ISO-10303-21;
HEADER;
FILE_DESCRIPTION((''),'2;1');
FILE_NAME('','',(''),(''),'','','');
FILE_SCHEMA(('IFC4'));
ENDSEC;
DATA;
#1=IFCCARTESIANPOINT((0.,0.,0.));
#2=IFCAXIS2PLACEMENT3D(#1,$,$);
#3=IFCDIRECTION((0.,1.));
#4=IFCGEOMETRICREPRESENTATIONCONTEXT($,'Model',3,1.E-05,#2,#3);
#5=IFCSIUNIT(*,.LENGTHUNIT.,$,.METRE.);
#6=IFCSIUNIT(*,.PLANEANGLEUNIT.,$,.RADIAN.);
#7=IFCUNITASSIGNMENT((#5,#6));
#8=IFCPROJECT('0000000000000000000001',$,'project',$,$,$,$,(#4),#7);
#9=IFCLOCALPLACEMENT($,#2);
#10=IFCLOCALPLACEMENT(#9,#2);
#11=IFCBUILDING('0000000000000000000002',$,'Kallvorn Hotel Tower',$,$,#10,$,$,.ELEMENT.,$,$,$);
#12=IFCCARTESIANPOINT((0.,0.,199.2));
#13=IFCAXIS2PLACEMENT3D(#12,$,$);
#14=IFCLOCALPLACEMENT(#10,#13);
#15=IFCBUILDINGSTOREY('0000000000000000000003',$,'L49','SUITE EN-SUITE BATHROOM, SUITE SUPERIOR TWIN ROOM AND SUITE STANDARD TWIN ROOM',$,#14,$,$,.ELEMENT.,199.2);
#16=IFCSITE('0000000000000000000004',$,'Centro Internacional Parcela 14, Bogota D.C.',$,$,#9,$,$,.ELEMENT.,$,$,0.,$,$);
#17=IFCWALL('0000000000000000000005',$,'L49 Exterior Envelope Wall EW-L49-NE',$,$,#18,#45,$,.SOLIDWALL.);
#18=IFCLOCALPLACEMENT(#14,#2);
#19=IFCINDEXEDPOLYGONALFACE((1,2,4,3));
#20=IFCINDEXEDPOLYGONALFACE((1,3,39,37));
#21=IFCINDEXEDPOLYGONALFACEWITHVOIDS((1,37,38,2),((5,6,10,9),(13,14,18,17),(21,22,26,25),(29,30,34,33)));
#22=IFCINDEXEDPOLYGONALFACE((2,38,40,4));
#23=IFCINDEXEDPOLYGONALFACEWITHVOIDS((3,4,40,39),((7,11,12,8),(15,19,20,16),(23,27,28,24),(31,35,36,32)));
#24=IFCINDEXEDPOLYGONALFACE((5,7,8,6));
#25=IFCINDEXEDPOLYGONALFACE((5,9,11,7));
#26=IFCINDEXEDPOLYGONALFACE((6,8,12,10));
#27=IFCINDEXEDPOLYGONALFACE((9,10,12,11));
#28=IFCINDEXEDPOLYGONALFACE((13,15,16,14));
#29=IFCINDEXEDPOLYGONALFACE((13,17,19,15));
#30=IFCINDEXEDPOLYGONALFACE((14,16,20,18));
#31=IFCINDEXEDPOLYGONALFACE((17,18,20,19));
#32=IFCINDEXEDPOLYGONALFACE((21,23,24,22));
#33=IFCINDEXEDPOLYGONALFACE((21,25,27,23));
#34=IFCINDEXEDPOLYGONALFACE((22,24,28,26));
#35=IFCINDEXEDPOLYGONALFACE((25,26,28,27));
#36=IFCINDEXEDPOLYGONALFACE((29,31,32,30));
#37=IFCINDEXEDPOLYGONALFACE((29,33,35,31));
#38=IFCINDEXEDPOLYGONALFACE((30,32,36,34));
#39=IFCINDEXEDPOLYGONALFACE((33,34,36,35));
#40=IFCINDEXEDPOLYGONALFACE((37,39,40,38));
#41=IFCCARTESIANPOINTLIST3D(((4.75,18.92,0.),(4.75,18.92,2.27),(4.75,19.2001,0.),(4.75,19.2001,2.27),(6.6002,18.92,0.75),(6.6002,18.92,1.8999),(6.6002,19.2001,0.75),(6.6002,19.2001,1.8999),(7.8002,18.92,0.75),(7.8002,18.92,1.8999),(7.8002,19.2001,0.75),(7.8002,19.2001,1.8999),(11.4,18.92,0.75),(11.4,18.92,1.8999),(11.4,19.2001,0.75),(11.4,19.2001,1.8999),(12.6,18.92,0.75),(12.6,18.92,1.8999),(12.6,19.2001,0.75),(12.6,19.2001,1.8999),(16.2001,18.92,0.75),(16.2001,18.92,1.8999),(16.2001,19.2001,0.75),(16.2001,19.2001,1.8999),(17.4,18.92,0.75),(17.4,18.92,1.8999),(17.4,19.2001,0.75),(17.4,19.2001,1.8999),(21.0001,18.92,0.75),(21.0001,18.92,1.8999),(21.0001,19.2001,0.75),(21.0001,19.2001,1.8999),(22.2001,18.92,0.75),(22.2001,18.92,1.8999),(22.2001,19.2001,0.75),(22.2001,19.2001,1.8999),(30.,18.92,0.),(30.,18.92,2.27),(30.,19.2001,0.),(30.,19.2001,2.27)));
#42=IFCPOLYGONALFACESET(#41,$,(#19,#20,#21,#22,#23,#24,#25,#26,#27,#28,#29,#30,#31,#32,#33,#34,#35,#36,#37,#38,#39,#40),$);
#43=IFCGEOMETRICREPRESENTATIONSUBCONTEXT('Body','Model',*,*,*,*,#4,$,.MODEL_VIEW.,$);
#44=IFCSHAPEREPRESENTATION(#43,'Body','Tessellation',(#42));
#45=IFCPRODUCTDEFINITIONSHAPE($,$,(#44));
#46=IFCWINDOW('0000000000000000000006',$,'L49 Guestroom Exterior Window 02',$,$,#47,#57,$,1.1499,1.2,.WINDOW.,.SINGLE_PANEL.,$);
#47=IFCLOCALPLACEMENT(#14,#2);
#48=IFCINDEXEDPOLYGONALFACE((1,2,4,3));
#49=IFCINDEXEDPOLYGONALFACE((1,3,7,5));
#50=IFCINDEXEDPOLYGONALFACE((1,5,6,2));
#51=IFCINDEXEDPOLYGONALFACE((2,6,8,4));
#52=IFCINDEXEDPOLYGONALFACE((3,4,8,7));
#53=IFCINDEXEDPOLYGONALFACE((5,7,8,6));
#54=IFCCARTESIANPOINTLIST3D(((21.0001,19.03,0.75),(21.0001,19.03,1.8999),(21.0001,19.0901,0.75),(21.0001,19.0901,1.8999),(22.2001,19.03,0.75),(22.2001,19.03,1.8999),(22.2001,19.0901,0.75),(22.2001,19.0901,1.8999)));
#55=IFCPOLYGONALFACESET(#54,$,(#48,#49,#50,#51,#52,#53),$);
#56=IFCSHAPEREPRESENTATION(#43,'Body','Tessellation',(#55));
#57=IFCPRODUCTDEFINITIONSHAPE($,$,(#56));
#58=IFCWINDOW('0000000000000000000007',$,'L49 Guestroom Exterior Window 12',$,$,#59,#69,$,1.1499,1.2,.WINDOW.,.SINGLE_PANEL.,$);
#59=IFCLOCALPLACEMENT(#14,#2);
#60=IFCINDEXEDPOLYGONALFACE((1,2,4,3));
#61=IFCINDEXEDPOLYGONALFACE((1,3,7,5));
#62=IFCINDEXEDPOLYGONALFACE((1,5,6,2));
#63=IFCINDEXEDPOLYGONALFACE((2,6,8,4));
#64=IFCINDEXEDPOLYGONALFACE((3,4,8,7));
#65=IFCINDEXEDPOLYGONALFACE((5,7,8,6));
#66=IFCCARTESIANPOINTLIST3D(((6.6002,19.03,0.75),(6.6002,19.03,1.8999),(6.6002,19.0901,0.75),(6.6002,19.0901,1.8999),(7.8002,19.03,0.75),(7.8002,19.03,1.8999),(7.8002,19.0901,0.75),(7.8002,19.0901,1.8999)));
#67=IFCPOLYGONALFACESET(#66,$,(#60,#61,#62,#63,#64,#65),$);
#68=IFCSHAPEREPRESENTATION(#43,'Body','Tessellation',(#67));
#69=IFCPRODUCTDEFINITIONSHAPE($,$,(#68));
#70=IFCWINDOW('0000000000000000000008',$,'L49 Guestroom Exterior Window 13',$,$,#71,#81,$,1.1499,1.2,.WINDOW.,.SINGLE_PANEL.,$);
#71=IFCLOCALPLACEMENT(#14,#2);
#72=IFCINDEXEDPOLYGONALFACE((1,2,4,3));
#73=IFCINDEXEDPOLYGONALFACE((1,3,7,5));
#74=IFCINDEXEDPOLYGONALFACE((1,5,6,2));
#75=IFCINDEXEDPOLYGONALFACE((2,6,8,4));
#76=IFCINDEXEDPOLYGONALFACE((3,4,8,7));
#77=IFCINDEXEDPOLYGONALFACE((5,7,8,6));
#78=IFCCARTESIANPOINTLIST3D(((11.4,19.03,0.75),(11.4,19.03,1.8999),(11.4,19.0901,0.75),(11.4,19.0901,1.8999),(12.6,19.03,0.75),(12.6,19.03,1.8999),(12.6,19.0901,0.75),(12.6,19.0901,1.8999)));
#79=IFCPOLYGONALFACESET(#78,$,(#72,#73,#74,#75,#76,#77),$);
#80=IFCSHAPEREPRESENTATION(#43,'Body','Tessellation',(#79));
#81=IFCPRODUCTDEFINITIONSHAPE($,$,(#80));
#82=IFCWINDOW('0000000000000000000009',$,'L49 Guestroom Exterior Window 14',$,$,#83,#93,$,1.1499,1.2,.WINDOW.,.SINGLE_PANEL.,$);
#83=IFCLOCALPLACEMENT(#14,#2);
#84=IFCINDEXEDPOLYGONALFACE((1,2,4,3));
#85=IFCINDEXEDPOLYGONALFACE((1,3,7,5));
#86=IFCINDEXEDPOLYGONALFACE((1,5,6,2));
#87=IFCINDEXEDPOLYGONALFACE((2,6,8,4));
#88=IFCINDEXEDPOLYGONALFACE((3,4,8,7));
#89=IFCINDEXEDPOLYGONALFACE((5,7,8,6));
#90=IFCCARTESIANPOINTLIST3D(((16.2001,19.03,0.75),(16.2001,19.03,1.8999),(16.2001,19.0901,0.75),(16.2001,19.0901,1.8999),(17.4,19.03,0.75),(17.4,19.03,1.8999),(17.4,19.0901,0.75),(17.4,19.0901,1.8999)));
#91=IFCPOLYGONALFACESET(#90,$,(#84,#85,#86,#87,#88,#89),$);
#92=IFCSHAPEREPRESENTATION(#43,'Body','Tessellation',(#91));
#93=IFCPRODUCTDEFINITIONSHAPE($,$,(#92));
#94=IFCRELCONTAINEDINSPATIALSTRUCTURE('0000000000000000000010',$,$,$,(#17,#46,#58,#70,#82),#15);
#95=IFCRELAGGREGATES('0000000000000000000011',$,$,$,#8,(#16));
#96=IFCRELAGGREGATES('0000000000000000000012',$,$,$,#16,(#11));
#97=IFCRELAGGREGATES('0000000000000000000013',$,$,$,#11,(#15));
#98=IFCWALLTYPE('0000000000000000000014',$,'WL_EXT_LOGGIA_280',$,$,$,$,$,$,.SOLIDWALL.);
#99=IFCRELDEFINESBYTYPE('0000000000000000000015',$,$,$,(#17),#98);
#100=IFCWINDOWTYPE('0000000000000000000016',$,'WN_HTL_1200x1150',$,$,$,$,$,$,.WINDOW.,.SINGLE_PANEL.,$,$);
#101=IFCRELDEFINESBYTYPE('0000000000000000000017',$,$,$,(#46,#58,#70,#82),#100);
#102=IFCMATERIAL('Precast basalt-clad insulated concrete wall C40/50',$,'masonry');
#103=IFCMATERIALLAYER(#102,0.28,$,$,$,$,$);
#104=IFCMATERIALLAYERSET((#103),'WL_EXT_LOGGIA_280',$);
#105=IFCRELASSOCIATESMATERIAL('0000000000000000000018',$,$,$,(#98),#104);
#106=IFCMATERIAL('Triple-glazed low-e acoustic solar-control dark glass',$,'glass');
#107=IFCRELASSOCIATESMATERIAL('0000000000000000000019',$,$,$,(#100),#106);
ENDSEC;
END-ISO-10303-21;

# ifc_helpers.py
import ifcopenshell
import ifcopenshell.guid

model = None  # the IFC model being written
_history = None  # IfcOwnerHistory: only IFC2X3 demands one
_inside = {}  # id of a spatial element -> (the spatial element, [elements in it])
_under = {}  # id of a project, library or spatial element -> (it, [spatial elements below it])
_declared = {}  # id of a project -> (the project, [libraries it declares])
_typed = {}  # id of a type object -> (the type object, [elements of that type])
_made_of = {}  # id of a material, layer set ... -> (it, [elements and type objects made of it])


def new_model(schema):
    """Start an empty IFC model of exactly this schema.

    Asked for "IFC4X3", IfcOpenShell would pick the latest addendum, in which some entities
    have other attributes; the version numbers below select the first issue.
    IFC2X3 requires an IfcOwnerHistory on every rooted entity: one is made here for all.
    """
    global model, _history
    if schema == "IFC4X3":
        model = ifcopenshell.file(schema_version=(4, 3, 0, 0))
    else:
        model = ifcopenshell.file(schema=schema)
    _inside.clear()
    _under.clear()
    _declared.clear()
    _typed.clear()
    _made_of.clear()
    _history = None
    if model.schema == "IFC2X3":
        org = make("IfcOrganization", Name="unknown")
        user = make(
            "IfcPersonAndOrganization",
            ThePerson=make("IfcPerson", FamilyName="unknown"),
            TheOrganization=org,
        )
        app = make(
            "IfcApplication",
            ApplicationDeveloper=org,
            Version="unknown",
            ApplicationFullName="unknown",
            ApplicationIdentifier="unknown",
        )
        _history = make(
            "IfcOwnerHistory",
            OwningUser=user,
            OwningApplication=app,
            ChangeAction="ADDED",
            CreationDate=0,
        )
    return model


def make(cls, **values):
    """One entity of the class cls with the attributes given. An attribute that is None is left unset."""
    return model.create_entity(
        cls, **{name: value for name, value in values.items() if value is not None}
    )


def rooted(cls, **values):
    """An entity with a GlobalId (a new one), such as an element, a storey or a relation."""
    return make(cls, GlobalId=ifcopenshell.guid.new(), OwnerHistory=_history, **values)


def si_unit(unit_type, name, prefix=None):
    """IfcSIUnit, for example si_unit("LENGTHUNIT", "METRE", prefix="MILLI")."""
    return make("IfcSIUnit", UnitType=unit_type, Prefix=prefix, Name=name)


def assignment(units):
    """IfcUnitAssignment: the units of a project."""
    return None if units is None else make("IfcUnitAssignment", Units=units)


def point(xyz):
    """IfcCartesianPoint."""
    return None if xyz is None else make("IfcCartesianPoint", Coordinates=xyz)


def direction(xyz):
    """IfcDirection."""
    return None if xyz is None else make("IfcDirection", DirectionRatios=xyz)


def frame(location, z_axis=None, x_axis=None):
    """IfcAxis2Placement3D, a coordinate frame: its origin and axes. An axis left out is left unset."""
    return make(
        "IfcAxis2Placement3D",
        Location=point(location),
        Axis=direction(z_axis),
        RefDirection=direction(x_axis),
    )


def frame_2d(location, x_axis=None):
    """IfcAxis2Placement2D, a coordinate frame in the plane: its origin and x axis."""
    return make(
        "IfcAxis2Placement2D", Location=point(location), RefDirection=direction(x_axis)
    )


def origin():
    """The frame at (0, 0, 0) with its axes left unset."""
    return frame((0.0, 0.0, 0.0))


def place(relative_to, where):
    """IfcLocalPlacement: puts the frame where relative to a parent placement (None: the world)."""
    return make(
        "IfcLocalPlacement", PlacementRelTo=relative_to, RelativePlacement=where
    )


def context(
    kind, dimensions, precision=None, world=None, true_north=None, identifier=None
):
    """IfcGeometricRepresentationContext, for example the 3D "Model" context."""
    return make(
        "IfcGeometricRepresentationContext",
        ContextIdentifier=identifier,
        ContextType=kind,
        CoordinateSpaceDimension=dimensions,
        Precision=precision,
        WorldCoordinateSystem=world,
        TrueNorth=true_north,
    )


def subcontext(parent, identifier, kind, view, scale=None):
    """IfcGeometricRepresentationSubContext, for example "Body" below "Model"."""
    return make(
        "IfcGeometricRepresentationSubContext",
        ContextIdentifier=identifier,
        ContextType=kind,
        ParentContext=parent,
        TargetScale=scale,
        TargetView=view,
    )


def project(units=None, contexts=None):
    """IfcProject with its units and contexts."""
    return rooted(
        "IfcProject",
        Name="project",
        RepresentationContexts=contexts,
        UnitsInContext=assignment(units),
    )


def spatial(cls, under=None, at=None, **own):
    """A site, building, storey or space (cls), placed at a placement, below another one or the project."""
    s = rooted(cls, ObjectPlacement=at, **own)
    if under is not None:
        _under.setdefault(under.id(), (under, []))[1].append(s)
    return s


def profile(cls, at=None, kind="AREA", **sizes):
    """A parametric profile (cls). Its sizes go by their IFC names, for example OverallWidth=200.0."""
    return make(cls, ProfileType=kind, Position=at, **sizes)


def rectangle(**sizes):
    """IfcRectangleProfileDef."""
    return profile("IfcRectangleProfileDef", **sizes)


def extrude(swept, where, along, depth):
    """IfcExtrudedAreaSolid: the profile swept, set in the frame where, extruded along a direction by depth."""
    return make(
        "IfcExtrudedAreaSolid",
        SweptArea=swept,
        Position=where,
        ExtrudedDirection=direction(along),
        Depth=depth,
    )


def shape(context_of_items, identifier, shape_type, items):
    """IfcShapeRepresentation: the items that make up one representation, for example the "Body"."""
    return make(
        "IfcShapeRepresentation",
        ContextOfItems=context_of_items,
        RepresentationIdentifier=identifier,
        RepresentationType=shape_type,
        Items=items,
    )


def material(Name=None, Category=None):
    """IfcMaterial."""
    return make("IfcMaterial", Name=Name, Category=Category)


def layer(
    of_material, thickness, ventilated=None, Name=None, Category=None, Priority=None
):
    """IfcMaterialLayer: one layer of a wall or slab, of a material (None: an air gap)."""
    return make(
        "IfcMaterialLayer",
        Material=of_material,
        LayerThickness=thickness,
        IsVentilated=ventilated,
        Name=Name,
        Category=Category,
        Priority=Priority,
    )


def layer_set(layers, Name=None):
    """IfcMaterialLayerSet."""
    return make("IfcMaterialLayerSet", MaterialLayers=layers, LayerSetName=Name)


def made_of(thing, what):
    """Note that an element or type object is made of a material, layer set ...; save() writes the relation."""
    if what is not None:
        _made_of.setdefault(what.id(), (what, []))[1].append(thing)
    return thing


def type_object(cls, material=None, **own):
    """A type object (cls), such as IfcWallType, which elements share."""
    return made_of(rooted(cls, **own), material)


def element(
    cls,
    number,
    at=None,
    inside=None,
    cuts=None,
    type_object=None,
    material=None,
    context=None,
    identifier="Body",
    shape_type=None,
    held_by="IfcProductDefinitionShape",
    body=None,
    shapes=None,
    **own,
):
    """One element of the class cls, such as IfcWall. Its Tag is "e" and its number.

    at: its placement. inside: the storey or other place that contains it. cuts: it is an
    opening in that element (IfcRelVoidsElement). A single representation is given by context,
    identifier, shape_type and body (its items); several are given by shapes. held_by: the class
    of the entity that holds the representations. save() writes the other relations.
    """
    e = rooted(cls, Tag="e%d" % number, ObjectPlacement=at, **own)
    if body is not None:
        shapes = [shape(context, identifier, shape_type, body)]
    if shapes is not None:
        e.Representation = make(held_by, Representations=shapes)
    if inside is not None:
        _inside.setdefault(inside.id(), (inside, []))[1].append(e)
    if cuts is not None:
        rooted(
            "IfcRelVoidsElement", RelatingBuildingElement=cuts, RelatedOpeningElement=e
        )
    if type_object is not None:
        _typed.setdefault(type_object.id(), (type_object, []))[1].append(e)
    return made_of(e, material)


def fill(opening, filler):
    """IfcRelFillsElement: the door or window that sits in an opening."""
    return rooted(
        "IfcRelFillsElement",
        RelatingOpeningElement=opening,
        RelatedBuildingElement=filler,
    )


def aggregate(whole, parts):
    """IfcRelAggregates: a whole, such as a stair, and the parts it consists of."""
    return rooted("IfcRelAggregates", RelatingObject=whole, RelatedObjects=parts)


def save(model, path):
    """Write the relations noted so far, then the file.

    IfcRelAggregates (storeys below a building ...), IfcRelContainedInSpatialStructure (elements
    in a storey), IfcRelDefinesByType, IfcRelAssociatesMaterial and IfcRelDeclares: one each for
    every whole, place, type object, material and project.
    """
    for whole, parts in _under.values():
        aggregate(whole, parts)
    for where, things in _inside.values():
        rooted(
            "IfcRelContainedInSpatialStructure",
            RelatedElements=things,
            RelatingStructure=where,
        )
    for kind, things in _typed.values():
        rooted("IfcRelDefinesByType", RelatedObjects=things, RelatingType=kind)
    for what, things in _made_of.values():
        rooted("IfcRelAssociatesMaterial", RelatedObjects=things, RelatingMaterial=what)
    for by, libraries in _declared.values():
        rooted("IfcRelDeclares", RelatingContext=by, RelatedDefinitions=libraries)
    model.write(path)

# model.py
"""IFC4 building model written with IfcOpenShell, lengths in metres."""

from ifc_helpers import new_model, si_unit, direction, frame, frame_2d, origin, place, context, subcontext, project, spatial, rectangle, extrude, material, layer, layer_set, type_object, element, fill, save


model = new_model("IFC4")

# Units and contexts
model_context = context("Model", 3, precision=1e-05, world=origin(), true_north=direction((0.0, 1.0)))
body_context = subcontext(model_context, "Body", "Model", "MODEL_VIEW")
ifc_project = project(units=[si_unit("LENGTHUNIT", "METRE"), si_unit("PLANEANGLEUNIT", "RADIAN")], contexts=[model_context])

# Site, building, storey
site_placement = place(None, origin())
site = spatial("IfcSite", under=ifc_project, at=site_placement, Name="Centro Internacional Parcela 14, Bogota D.C.", CompositionType="ELEMENT", RefElevation=0.0)
building_placement = place(site_placement, origin())
building = spatial("IfcBuilding", under=site, at=building_placement, Name="Kallvorn Hotel Tower", CompositionType="ELEMENT")
storey_placement = place(building_placement, frame((0.0, 0.0, 199.2)))
storey = spatial("IfcBuildingStorey", under=building, at=storey_placement, Name="L49", Description="SUITE EN-SUITE BATHROOM, SUITE SUPERIOR TWIN ROOM AND SUITE STANDARD TWIN ROOM", CompositionType="ELEMENT", Elevation=199.2)

# Wall, openings, windows
ifc_material_1 = material(Name="Precast basalt-clad insulated concrete wall C40/50", Category="masonry")
ifc_layer_1 = layer(ifc_material_1, 0.28)
ifc_layer_set_1 = layer_set([ifc_layer_1], Name="WL_EXT_LOGGIA_280")
wall_type_1 = type_object("IfcWallType", Name="WL_EXT_LOGGIA_280", PredefinedType="SOLIDWALL", material=ifc_layer_set_1)
wall_1_placement = place(storey_placement, frame((4.75, 19.0601, 0.0), z_axis=(0.0, 0.0, 1.0), x_axis=(1.0, 0.0, 0.0)))
wall_1 = element("IfcWall", 1, at=wall_1_placement, inside=storey, type_object=wall_type_1, Name="L49 Exterior Envelope Wall EW-L49-NE", PredefinedType="SOLIDWALL", context=body_context, shape_type="SweptSolid", body=[
    extrude(rectangle(XDim=25.25, YDim=0.28, at=frame_2d((12.625, 0.0))), origin(), (0.0, 0.0, 1.0), 2.27),
])
opening_1_placement = place(wall_1_placement, frame((16.25, 0.0, 0.75)))
opening_1 = element("IfcOpeningElement", 2, at=opening_1_placement, cuts=wall_1, PredefinedType="OPENING", context=body_context, shape_type="SweptSolid", body=[
    extrude(rectangle(XDim=1.2, YDim=1.1499, at=frame_2d((0.6001, 0.575))), frame((0.0, 0.155, 0.0), z_axis=(0.0, -1.0, 0.0), x_axis=(1.0, 0.0, 0.0)), (0.0, 0.0, 1.0), 0.3101),
])
opening_2_placement = place(wall_1_placement, frame((1.8501, 0.0, 0.75)))
opening_2 = element("IfcOpeningElement", 3, at=opening_2_placement, cuts=wall_1, PredefinedType="OPENING", context=body_context, shape_type="SweptSolid", body=[
    extrude(rectangle(XDim=1.2, YDim=1.1499, at=frame_2d((0.6001, 0.575))), frame((0.0, 0.155, 0.0), z_axis=(0.0, -1.0, 0.0), x_axis=(1.0, 0.0, 0.0)), (0.0, 0.0, 1.0), 0.3101),
])
opening_3_placement = place(wall_1_placement, frame((6.6499, 0.0, 0.75)))
opening_3 = element("IfcOpeningElement", 4, at=opening_3_placement, cuts=wall_1, PredefinedType="OPENING", context=body_context, shape_type="SweptSolid", body=[
    extrude(rectangle(XDim=1.2, YDim=1.1499, at=frame_2d((0.6001, 0.575))), frame((0.0, 0.155, 0.0), z_axis=(0.0, -1.0, 0.0), x_axis=(1.0, 0.0, 0.0)), (0.0, 0.0, 1.0), 0.3101),
])
opening_4_placement = place(wall_1_placement, frame((11.45, 0.0, 0.75)))
opening_4 = element("IfcOpeningElement", 5, at=opening_4_placement, cuts=wall_1, PredefinedType="OPENING", context=body_context, shape_type="SweptSolid", body=[
    extrude(rectangle(XDim=1.2, YDim=1.1499, at=frame_2d((0.6001, 0.575))), frame((0.0, 0.155, 0.0), z_axis=(0.0, -1.0, 0.0), x_axis=(1.0, 0.0, 0.0)), (0.0, 0.0, 1.0), 0.3101),
])
ifc_material_2 = material(Name="Triple-glazed low-e acoustic solar-control dark glass", Category="glass")
window_type = type_object("IfcWindowType", Name="WN_HTL_1200x1150", PartitioningType="SINGLE_PANEL", PredefinedType="WINDOW", material=ifc_material_2)
window_1_placement = place(opening_1_placement, origin())
window_1 = element("IfcWindow", 6, at=window_1_placement, inside=storey, type_object=window_type, Name="L49 Guestroom Exterior Window 02", OverallHeight=1.1499, OverallWidth=1.2, PartitioningType="SINGLE_PANEL", PredefinedType="WINDOW", context=body_context, shape_type="SweptSolid", body=[
    extrude(rectangle(XDim=1.2, YDim=1.1499, at=frame_2d((0.6001, 0.575))), frame((0.0, 0.03, 0.0), z_axis=(0.0, -1.0, 0.0), x_axis=(1.0, 0.0, 0.0)), (0.0, 0.0, 1.0), 0.0601),
])
fill(opening_1, window_1)
window_2_placement = place(opening_2_placement, origin())
window_2 = element("IfcWindow", 7, at=window_2_placement, inside=storey, type_object=window_type, Name="L49 Guestroom Exterior Window 12", OverallHeight=1.1499, OverallWidth=1.2, PartitioningType="SINGLE_PANEL", PredefinedType="WINDOW", context=body_context, shape_type="SweptSolid", body=[
    extrude(rectangle(XDim=1.2, YDim=1.1499, at=frame_2d((0.6001, 0.575))), frame((0.0, 0.03, 0.0), z_axis=(0.0, -1.0, 0.0), x_axis=(1.0, 0.0, 0.0)), (0.0, 0.0, 1.0), 0.0601),
])
fill(opening_2, window_2)
window_3_placement = place(opening_3_placement, origin())
window_3 = element("IfcWindow", 8, at=window_3_placement, inside=storey, type_object=window_type, Name="L49 Guestroom Exterior Window 13", OverallHeight=1.1499, OverallWidth=1.2, PartitioningType="SINGLE_PANEL", PredefinedType="WINDOW", context=body_context, shape_type="SweptSolid", body=[
    extrude(rectangle(XDim=1.2, YDim=1.1499, at=frame_2d((0.6001, 0.575))), frame((0.0, 0.03, 0.0), z_axis=(0.0, -1.0, 0.0), x_axis=(1.0, 0.0, 0.0)), (0.0, 0.0, 1.0), 0.0601),
])
fill(opening_3, window_3)
window_4_placement = place(opening_4_placement, origin())
window_4 = element("IfcWindow", 9, at=window_4_placement, inside=storey, type_object=window_type, Name="L49 Guestroom Exterior Window 14", OverallHeight=1.1499, OverallWidth=1.2, PartitioningType="SINGLE_PANEL", PredefinedType="WINDOW", context=body_context, shape_type="SweptSolid", body=[
    extrude(rectangle(XDim=1.2, YDim=1.1499, at=frame_2d((0.6001, 0.575))), frame((0.0, 0.03, 0.0), z_axis=(0.0, -1.0, 0.0), x_axis=(1.0, 0.0, 0.0)), (0.0, 0.0, 1.0), 0.0601),
])
fill(opening_4, window_4)

save(model, "model.ifc")
